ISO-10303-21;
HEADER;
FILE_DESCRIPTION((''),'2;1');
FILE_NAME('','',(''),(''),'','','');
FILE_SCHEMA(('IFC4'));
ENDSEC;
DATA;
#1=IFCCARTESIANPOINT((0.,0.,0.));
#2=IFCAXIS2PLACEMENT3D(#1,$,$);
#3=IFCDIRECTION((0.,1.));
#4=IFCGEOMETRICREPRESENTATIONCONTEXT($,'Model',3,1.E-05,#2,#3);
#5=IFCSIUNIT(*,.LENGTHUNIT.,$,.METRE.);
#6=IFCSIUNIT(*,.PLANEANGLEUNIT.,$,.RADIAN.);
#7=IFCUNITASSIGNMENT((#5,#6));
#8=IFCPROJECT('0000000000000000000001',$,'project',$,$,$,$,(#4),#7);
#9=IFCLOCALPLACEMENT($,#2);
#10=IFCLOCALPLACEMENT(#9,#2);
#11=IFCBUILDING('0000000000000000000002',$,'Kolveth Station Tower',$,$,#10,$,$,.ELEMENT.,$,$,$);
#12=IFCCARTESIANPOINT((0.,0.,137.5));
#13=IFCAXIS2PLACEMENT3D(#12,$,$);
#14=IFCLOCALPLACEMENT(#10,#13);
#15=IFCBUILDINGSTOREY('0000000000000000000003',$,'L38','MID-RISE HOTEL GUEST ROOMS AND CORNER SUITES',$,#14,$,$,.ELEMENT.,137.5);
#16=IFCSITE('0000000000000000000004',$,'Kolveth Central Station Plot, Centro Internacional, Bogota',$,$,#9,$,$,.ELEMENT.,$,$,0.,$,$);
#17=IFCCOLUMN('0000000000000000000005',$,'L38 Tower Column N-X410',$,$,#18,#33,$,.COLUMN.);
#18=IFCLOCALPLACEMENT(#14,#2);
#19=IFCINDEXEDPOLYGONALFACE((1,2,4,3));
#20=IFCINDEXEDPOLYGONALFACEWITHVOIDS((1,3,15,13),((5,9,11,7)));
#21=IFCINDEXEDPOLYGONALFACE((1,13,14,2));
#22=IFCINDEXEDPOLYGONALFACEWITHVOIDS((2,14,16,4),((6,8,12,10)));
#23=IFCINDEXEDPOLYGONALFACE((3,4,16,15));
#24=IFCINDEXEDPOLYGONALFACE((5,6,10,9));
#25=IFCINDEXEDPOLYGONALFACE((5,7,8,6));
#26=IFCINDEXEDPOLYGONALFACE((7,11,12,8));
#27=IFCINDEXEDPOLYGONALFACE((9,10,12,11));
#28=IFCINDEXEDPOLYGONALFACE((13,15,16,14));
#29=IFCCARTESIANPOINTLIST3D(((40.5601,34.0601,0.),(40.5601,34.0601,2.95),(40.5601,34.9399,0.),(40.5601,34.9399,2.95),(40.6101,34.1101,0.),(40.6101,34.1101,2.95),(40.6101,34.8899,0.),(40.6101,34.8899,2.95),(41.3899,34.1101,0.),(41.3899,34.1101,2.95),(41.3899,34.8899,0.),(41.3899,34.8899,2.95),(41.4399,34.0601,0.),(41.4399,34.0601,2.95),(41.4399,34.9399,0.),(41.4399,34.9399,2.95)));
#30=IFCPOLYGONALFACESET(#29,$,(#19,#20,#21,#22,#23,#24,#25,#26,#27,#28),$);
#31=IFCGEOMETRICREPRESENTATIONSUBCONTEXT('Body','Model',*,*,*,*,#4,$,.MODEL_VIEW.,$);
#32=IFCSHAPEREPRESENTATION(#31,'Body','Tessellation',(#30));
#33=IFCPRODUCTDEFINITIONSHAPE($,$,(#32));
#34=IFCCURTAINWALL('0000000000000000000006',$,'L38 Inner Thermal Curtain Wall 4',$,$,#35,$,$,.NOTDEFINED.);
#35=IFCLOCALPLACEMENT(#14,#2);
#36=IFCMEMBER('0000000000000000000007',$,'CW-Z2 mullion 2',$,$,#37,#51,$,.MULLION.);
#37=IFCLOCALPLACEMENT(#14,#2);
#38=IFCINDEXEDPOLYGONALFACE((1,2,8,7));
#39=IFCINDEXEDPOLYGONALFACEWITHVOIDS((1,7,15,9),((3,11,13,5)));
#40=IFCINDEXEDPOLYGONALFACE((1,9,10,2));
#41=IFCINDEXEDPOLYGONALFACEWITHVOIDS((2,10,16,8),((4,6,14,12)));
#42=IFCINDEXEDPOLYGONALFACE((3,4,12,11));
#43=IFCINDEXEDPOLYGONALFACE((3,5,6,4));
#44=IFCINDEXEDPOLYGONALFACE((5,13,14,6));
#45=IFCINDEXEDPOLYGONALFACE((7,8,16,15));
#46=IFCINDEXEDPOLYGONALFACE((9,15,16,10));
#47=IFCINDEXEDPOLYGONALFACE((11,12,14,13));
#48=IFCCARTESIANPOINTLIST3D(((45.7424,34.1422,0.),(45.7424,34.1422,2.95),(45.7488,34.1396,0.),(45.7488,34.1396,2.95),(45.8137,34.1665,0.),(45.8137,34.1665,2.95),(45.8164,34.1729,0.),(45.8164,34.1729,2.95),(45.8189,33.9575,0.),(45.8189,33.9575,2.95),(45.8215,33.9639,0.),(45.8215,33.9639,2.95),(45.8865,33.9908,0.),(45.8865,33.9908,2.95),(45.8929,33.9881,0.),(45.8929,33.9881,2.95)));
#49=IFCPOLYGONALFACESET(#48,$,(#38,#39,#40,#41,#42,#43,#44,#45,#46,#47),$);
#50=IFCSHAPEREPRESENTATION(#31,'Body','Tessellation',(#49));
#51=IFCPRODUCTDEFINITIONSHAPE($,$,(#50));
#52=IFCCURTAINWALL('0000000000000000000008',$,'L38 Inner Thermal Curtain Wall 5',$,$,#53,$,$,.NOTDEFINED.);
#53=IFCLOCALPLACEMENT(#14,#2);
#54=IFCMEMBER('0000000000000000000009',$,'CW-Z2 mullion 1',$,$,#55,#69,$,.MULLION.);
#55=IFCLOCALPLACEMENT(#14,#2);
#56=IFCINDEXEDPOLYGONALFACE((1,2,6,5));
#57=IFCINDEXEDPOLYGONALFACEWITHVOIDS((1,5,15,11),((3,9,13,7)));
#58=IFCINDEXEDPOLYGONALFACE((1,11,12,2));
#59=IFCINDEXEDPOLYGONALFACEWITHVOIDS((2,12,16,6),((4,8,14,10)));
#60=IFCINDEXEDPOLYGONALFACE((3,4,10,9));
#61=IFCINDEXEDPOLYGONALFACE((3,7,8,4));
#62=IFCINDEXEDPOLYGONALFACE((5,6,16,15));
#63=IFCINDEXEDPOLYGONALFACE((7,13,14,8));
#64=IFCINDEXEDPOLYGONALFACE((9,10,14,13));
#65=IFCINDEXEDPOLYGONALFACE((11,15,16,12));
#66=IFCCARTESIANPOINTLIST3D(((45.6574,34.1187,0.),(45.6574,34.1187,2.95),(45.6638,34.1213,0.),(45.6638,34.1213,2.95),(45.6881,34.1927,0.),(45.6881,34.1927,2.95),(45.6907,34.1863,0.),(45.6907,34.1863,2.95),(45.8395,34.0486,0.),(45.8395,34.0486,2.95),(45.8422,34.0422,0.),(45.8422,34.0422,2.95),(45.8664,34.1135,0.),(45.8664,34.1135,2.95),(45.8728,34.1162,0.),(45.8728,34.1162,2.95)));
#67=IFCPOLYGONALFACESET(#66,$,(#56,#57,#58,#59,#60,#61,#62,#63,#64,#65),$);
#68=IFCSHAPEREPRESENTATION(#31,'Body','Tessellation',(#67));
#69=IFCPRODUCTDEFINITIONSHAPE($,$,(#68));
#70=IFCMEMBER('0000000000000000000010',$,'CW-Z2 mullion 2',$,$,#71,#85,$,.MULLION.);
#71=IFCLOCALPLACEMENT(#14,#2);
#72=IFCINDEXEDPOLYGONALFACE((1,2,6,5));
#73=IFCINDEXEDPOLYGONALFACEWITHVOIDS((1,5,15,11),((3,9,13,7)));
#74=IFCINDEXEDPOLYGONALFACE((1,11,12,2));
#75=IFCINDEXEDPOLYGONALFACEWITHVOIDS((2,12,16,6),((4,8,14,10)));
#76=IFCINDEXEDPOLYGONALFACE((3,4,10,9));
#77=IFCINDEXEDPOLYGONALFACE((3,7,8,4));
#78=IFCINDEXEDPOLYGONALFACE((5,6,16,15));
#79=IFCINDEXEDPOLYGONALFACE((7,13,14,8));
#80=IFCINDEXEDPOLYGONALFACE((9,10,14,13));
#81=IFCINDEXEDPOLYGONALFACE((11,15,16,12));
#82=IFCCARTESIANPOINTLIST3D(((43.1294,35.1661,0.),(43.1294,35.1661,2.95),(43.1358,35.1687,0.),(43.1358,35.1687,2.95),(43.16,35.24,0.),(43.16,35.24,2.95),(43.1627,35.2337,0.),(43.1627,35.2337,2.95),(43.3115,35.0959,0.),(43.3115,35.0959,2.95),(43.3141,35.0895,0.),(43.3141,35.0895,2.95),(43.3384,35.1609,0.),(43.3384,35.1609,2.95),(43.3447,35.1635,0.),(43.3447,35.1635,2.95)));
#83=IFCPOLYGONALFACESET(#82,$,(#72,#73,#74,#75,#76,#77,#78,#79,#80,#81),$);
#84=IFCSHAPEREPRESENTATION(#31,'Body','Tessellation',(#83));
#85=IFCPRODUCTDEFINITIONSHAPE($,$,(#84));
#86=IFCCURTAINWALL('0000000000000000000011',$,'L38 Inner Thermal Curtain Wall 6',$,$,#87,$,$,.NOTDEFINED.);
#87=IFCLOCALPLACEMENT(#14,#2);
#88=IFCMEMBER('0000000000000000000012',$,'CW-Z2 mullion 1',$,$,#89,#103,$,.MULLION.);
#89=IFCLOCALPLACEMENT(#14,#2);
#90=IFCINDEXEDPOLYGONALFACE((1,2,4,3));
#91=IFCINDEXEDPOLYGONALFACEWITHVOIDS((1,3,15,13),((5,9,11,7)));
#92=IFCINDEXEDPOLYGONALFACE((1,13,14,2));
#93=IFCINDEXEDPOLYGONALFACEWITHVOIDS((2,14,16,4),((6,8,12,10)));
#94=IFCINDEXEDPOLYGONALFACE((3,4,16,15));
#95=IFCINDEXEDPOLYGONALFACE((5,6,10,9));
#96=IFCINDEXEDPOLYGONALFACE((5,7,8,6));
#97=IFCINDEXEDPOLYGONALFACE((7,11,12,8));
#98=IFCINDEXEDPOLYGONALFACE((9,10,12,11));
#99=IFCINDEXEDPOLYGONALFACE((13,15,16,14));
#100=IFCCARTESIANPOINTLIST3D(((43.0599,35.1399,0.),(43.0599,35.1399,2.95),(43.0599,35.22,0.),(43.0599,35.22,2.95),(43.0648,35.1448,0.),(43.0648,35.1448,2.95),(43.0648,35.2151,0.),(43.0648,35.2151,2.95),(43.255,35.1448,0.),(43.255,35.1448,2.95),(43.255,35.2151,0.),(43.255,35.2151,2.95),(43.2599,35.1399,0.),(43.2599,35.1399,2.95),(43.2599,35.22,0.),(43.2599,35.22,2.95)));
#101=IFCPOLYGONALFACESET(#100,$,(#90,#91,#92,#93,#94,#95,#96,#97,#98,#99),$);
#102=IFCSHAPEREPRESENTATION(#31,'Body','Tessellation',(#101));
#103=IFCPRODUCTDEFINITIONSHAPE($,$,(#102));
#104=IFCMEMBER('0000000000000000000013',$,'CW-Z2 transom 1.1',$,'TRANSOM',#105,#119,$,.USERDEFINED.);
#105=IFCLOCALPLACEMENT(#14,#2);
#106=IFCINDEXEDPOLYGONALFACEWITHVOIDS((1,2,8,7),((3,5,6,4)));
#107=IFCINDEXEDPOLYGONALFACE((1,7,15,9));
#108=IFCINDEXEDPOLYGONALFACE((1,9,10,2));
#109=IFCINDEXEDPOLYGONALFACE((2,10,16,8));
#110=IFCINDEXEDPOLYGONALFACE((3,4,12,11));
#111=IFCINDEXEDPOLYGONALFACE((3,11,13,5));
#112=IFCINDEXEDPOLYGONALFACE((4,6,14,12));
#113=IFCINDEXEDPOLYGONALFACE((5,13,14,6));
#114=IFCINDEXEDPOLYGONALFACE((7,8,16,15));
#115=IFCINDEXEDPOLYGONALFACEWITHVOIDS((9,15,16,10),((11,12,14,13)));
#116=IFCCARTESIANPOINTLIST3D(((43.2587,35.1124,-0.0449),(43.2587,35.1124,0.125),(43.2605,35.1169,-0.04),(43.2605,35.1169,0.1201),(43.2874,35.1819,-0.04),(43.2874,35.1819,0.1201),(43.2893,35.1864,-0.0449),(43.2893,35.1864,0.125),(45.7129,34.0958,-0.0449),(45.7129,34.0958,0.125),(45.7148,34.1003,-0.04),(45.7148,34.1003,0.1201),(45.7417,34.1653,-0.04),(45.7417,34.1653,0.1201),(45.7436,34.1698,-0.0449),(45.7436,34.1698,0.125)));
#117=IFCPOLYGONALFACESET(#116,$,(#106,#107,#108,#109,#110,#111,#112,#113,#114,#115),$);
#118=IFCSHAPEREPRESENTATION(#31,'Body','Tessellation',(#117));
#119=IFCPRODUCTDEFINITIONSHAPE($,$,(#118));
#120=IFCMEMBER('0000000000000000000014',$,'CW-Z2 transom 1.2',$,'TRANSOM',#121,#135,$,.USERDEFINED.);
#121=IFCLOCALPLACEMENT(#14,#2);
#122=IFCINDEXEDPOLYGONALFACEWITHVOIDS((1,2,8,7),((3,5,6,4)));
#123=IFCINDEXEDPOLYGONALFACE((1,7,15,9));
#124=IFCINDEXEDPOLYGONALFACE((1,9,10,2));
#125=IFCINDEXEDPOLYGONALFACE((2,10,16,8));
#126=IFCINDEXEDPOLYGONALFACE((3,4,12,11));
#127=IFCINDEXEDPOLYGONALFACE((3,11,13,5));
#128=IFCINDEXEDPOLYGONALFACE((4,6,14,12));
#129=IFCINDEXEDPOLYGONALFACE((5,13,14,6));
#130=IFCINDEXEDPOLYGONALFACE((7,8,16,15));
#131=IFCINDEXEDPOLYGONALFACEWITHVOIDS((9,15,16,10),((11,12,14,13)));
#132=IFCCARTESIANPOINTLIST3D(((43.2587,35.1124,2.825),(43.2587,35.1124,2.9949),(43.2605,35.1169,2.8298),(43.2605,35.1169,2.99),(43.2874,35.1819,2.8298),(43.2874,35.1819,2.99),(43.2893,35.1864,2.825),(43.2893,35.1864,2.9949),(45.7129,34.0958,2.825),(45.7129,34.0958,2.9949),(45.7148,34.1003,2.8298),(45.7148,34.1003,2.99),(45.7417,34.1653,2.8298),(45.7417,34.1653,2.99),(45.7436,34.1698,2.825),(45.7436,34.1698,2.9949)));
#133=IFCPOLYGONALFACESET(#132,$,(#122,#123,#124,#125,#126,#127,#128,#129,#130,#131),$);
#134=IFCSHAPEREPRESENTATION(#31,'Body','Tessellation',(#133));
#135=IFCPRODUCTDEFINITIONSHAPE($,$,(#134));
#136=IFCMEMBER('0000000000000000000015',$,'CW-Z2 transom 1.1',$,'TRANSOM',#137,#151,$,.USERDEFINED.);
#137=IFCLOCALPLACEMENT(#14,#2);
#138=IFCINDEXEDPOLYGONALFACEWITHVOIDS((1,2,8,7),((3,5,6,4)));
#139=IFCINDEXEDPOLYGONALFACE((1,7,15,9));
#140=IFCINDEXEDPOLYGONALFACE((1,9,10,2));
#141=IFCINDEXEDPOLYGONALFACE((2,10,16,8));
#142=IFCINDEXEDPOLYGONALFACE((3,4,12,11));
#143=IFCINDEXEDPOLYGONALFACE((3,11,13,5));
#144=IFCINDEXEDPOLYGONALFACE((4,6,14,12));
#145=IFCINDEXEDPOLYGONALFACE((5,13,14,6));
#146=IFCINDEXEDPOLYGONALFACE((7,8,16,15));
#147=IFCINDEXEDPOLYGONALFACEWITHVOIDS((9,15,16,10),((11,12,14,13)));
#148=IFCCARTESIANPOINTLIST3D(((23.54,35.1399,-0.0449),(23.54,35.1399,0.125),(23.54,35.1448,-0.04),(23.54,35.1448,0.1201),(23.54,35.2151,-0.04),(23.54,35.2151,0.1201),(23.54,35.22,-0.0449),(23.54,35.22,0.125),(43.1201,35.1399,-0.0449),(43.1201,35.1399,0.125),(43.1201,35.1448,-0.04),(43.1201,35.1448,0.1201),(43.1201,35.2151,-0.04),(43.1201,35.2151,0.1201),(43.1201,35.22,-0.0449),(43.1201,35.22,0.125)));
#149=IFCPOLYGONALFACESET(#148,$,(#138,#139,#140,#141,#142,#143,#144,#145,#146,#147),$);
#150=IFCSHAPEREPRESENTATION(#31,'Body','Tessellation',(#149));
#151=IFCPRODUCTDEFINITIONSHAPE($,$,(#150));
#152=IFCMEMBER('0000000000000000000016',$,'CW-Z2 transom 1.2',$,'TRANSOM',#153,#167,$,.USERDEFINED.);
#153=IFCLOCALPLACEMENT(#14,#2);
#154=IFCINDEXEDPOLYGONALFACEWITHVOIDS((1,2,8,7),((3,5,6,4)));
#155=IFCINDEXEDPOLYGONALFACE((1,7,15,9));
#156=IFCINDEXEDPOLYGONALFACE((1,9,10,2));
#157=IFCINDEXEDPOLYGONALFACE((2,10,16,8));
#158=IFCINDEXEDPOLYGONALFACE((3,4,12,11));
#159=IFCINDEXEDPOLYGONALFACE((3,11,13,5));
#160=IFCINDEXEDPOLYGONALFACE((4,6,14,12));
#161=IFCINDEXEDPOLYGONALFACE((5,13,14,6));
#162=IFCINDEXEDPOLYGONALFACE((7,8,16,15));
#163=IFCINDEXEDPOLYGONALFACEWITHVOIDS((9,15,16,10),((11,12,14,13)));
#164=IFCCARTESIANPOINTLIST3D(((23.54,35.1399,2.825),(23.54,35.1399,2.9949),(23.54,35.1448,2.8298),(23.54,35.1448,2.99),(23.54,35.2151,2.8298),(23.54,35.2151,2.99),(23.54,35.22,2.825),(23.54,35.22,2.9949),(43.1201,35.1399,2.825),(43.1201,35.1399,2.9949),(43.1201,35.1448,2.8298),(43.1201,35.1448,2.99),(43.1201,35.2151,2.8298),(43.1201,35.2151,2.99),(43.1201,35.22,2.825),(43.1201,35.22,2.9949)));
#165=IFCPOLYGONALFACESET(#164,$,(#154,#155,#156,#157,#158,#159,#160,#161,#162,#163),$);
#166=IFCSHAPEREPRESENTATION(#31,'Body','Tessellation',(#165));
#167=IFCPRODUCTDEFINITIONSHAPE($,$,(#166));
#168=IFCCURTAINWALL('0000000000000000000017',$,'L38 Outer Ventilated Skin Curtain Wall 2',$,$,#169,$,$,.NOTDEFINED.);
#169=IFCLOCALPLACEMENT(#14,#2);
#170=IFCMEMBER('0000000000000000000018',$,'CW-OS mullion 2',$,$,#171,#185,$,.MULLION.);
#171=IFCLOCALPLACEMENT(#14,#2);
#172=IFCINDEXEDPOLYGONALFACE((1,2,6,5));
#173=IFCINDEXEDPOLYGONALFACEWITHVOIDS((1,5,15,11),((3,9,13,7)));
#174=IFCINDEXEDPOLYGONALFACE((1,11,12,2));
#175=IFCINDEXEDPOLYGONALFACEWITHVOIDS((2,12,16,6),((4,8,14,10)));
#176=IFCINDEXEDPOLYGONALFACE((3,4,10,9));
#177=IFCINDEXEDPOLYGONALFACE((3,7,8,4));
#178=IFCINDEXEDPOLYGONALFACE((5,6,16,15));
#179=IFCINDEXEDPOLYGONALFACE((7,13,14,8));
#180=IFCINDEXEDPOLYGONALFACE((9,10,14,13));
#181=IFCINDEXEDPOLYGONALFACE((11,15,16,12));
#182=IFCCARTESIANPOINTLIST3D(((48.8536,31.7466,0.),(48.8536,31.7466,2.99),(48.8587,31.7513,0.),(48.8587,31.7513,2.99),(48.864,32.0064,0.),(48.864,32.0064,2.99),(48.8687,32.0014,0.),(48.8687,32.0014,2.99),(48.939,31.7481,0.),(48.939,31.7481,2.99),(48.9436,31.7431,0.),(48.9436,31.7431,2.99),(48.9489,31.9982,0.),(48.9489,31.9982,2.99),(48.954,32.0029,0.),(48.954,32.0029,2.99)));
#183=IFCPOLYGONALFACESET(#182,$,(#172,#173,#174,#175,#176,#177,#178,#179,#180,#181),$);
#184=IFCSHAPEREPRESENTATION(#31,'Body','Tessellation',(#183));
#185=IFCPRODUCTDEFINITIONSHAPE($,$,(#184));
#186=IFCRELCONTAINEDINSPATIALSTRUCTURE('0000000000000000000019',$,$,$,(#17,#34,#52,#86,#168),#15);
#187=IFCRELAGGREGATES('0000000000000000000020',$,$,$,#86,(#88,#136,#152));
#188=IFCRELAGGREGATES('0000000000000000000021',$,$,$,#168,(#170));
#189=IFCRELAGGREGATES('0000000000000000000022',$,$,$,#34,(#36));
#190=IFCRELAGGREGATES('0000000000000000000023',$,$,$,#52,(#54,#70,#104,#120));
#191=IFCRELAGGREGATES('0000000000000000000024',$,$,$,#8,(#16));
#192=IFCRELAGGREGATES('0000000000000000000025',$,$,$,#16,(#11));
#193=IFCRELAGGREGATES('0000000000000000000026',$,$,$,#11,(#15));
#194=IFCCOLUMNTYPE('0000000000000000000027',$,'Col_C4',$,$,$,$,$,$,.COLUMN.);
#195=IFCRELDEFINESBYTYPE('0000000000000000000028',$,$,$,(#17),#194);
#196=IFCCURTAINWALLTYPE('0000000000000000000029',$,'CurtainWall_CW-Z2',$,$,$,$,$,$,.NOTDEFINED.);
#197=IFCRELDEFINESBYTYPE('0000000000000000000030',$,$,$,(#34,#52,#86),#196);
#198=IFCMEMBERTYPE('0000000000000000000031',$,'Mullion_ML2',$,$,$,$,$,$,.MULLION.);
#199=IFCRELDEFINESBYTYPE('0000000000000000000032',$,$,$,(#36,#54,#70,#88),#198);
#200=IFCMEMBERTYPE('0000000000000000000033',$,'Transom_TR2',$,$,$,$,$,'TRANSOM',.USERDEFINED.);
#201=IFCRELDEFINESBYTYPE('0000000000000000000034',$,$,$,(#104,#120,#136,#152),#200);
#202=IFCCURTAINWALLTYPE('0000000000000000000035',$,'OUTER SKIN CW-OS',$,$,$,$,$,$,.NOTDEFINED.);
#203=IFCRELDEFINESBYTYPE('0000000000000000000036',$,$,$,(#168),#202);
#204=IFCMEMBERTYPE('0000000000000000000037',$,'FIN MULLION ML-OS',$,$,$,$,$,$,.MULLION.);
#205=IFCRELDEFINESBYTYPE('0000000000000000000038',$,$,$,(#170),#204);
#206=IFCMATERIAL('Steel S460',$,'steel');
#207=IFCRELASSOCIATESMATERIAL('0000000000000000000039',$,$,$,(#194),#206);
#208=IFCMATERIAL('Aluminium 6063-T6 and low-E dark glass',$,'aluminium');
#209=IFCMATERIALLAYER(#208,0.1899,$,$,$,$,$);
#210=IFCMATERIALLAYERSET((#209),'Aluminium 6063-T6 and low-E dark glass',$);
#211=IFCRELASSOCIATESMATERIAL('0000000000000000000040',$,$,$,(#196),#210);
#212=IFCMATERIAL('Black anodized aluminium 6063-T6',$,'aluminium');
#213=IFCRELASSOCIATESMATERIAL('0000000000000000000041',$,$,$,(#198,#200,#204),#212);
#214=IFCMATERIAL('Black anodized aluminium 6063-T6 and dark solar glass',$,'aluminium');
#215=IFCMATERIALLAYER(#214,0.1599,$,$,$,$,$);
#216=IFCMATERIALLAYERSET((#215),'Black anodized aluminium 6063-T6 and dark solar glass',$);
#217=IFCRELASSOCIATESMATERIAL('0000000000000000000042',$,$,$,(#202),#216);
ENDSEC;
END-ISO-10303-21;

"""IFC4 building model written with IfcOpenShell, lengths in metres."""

from ifc_helpers import new_model, si_unit, direction, frame, origin, origin_2d, place, context, subcontext, project, spatial, hollow_rectangle, extrude, source, transform, mapped, material, layer, layer_set, material_profile, profile_set, type_object, element, aggregate, save


model = new_model("IFC4")

# Units and contexts
model_context = context("Model", 3, precision=1e-05, world=origin(), true_north=direction((0.0, 1.0)))
body_context = subcontext(model_context, "Body", "Model", "MODEL_VIEW")
ifc_project = project(units=[si_unit("LENGTHUNIT", "METRE"), si_unit("PLANEANGLEUNIT", "RADIAN")], contexts=[model_context])

# Site, building, storey
site_placement = place(None, origin())
site = spatial("IfcSite", under=ifc_project, at=site_placement, Name="Kolveth Central Station Plot, Centro Internacional, Bogota", CompositionType="ELEMENT", RefElevation=0.0)
building_placement = place(site_placement, origin())
building = spatial("IfcBuilding", under=site, at=building_placement, Name="Kolveth Station Tower", CompositionType="ELEMENT")
storey_placement = place(building_placement, frame((0.0, 0.0, 137.5)))
storey = spatial("IfcBuildingStorey", under=building, at=storey_placement, Name="L38", Description="MID-RISE HOTEL GUEST ROOMS AND CORNER SUITES", CompositionType="ELEMENT", Elevation=137.5)

# Column
ifc_material_1 = material(Name="Steel S460", Category="steel")
ifc_material_profile_1 = material_profile(ifc_material_1, hollow_rectangle(XDim=0.8799, YDim=0.8799, WallThickness=0.05, at=origin_2d()), Name="BOX880x880x50")
ifc_profile_set_1 = profile_set([ifc_material_profile_1], Name="Steel S460")
column_type = type_object("IfcColumnType", Name="Col_C4", PredefinedType="COLUMN", material=ifc_profile_set_1)
shared_shape_1 = source(origin(), body_context, "Body", "SweptSolid", [
    extrude(hollow_rectangle(XDim=0.8799, YDim=0.8799, WallThickness=0.05, at=origin_2d()), origin(), (0.0, 0.0, 1.0), 2.95),
])
column_placement = place(storey_placement, frame((41.0, 34.5, 0.0), z_axis=(0.0, 0.0, 1.0), x_axis=(1.0, 0.0, 0.0)))
element("IfcColumn", 1, at=column_placement, inside=storey, type_object=column_type, Name="L38 Tower Column N-X410", PredefinedType="COLUMN", context=body_context, shape_type="MappedRepresentation", body=[
    mapped(shared_shape_1, transform((0.0, 0.0, 0.0), x_axis=(1.0, 0.0, 0.0), y_axis=(0.0, 1.0, 0.0), z_axis=(0.0, 0.0, 1.0), scale=1.0)),
])

# Curtain wall, member
ifc_material_2 = material(Name="Aluminium 6063-T6 and low-E dark glass", Category="aluminium")
ifc_layer_1 = layer(ifc_material_2, 0.1899)
ifc_layer_set_1 = layer_set([ifc_layer_1], Name="Aluminium 6063-T6 and low-E dark glass")
curtain_wall_type_1 = type_object("IfcCurtainWallType", Name="CurtainWall_CW-Z2", PredefinedType="NOTDEFINED", material=ifc_layer_set_1)
curtain_wall_1_placement = place(storey_placement, origin())
curtain_wall_1 = element("IfcCurtainWall", 2, at=curtain_wall_1_placement, inside=storey, type_object=curtain_wall_type_1, Name="L38 Inner Thermal Curtain Wall 4", PredefinedType="NOTDEFINED")
ifc_material_3 = material(Name="Black anodized aluminium 6063-T6", Category="aluminium")
ifc_material_profile_2 = material_profile(ifc_material_3, hollow_rectangle(XDim=0.0801, YDim=0.2, WallThickness=0.0049, at=origin_2d()), Name="ALU-80x200x5")
ifc_profile_set_2 = profile_set([ifc_material_profile_2], Name="Black anodized aluminium 6063-T6")
member_type_1 = type_object("IfcMemberType", Name="Mullion_ML2", PredefinedType="MULLION", material=ifc_profile_set_2)
shared_shape_2 = source(origin(), body_context, "Body", "SweptSolid", [
    extrude(hollow_rectangle(XDim=0.0801, YDim=0.2, WallThickness=0.0049, at=origin_2d()), origin(), (0.0, 0.0, 1.0), 2.95),
])
member_1_placement = place(storey_placement, frame((45.8176, 34.0652, 0.0), z_axis=(0.0, 0.0, 1.0), x_axis=(-0.923888, -0.382663, 0.0)))
member_1 = element("IfcMember", 3, at=member_1_placement, type_object=member_type_1, Name="CW-Z2 mullion 2", PredefinedType="MULLION", context=body_context, shape_type="MappedRepresentation", body=[
    mapped(shared_shape_2, transform((0.0, 0.0, 0.0), x_axis=(1.0, 0.0, 0.0), y_axis=(0.0, 1.0, 0.0), z_axis=(0.0, 0.0, 1.0), scale=1.0)),
])

# Curtain wall, members
curtain_wall_2_placement = place(storey_placement, origin())
curtain_wall_2 = element("IfcCurtainWall", 4, at=curtain_wall_2_placement, inside=storey, type_object=curtain_wall_type_1, Name="L38 Inner Thermal Curtain Wall 5", PredefinedType="NOTDEFINED")
member_2_placement = place(storey_placement, frame((45.7651, 34.1174, 0.0), z_axis=(0.0, 0.0, 1.0), x_axis=(-0.382663, -0.923888, 0.0)))
member_2 = element("IfcMember", 5, at=member_2_placement, type_object=member_type_1, Name="CW-Z2 mullion 1", PredefinedType="MULLION", context=body_context, shape_type="MappedRepresentation", body=[
    mapped(shared_shape_2, transform((0.0, 0.0, 0.0), x_axis=(1.0, 0.0, 0.0), y_axis=(0.0, 1.0, 0.0), z_axis=(0.0, 0.0, 1.0), scale=1.0)),
])
member_3_placement = place(storey_placement, frame((43.2371, 35.1648, 0.0), z_axis=(0.0, 0.0, 1.0), x_axis=(-0.382663, -0.923888, 0.0)))
member_3 = element("IfcMember", 6, at=member_3_placement, type_object=member_type_1, Name="CW-Z2 mullion 2", PredefinedType="MULLION", context=body_context, shape_type="MappedRepresentation", body=[
    mapped(shared_shape_2, transform((0.0, 0.0, 0.0), x_axis=(1.0, 0.0, 0.0), y_axis=(0.0, 1.0, 0.0), z_axis=(0.0, 0.0, 1.0), scale=1.0)),
])

# Curtain wall, member
curtain_wall_3_placement = place(storey_placement, origin())
curtain_wall_3 = element("IfcCurtainWall", 7, at=curtain_wall_3_placement, inside=storey, type_object=curtain_wall_type_1, Name="L38 Inner Thermal Curtain Wall 6", PredefinedType="NOTDEFINED")
member_4_placement = place(storey_placement, frame((43.1599, 35.1799, 0.0), z_axis=(0.0, 0.0, 1.0), x_axis=(0.0, -1.0, 0.0)))
member_4 = element("IfcMember", 8, at=member_4_placement, type_object=member_type_1, Name="CW-Z2 mullion 1", PredefinedType="MULLION", context=body_context, shape_type="MappedRepresentation", body=[
    mapped(shared_shape_2, transform((0.0, 0.0, 0.0), x_axis=(1.0, 0.0, 0.0), y_axis=(0.0, 1.0, 0.0), z_axis=(0.0, 0.0, 1.0), scale=1.0)),
])

# Members
ifc_material_profile_3 = material_profile(ifc_material_3, hollow_rectangle(XDim=0.0801, YDim=0.1699, WallThickness=0.0049, at=origin_2d()), Name="ALU-80x170x5")
ifc_profile_set_3 = profile_set([ifc_material_profile_3], Name="Black anodized aluminium 6063-T6")
member_type_2 = type_object("IfcMemberType", Name="Transom_TR2", ElementType="TRANSOM", PredefinedType="USERDEFINED", material=ifc_profile_set_3)
shared_shape_3 = source(origin(), body_context, "Body", "SweptSolid", [
    extrude(hollow_rectangle(XDim=0.0801, YDim=0.1699, WallThickness=0.0049, at=origin_2d()), origin(), (0.0, 0.0, 1.0), 2.6565),
])
member_5_placement = place(storey_placement, frame((45.7283, 34.1328, 0.04), z_axis=(-0.923882, 0.382676, 0.0), x_axis=(-0.382676, -0.923882, 0.0)))
member_5 = element("IfcMember", 9, at=member_5_placement, type_object=member_type_2, Name="CW-Z2 transom 1.1", ObjectType="TRANSOM", PredefinedType="USERDEFINED", context=body_context, shape_type="MappedRepresentation", body=[
    mapped(shared_shape_3, transform((0.0, 0.0, 0.0), x_axis=(1.0, 0.0, 0.0), y_axis=(0.0, 1.0, 0.0), z_axis=(0.0, 0.0, 1.0), scale=1.0)),
])
member_6_placement = place(storey_placement, frame((45.7283, 34.1328, 2.9099), z_axis=(-0.923882, 0.382676, 0.0), x_axis=(-0.382676, -0.923882, 0.0)))
member_6 = element("IfcMember", 10, at=member_6_placement, type_object=member_type_2, Name="CW-Z2 transom 1.2", ObjectType="TRANSOM", PredefinedType="USERDEFINED", context=body_context, shape_type="MappedRepresentation", body=[
    mapped(shared_shape_3, transform((0.0, 0.0, 0.0), x_axis=(1.0, 0.0, 0.0), y_axis=(0.0, 1.0, 0.0), z_axis=(0.0, 0.0, 1.0), scale=1.0)),
])
shared_shape_4 = source(origin(), body_context, "Body", "SweptSolid", [
    extrude(hollow_rectangle(XDim=0.0801, YDim=0.1699, WallThickness=0.0049, at=origin_2d()), origin(), (0.0, 0.0, 1.0), 19.5801),
])
member_7_placement = place(storey_placement, frame((43.1201, 35.1799, 0.04), z_axis=(-1.0, 0.0, 0.0), x_axis=(0.0, -1.0, 0.0)))
member_7 = element("IfcMember", 11, at=member_7_placement, type_object=member_type_2, Name="CW-Z2 transom 1.1", ObjectType="TRANSOM", PredefinedType="USERDEFINED", context=body_context, shape_type="MappedRepresentation", body=[
    mapped(shared_shape_4, transform((0.0, 0.0, 0.0), x_axis=(1.0, 0.0, 0.0), y_axis=(0.0, 1.0, 0.0), z_axis=(0.0, 0.0, 1.0), scale=1.0)),
])
member_8_placement = place(storey_placement, frame((43.1201, 35.1799, 2.9099), z_axis=(-1.0, 0.0, 0.0), x_axis=(0.0, -1.0, 0.0)))
member_8 = element("IfcMember", 12, at=member_8_placement, type_object=member_type_2, Name="CW-Z2 transom 1.2", ObjectType="TRANSOM", PredefinedType="USERDEFINED", context=body_context, shape_type="MappedRepresentation", body=[
    mapped(shared_shape_4, transform((0.0, 0.0, 0.0), x_axis=(1.0, 0.0, 0.0), y_axis=(0.0, 1.0, 0.0), z_axis=(0.0, 0.0, 1.0), scale=1.0)),
])
aggregate(curtain_wall_3, [member_4, member_7, member_8])

# Curtain wall, member
ifc_material_4 = material(Name="Black anodized aluminium 6063-T6 and dark solar glass", Category="aluminium")
ifc_layer_2 = layer(ifc_material_4, 0.1599)
ifc_layer_set_2 = layer_set([ifc_layer_2], Name="Black anodized aluminium 6063-T6 and dark solar glass")
curtain_wall_type_2 = type_object("IfcCurtainWallType", Name="OUTER SKIN CW-OS", PredefinedType="NOTDEFINED", material=ifc_layer_set_2)
curtain_wall_4_placement = place(storey_placement, origin())
curtain_wall_4 = element("IfcCurtainWall", 13, at=curtain_wall_4_placement, inside=storey, type_object=curtain_wall_type_2, Name="L38 Outer Ventilated Skin Curtain Wall 2", PredefinedType="NOTDEFINED")
ifc_material_profile_4 = material_profile(ifc_material_3, hollow_rectangle(XDim=0.0901, YDim=0.26, WallThickness=0.0049, at=origin_2d()), Name="ALU-90x260x5")
ifc_profile_set_4 = profile_set([ifc_material_profile_4], Name="Black anodized aluminium 6063-T6")
member_type_3 = type_object("IfcMemberType", Name="FIN MULLION ML-OS", PredefinedType="MULLION", material=ifc_profile_set_4)
shared_shape_5 = source(origin(), body_context, "Body", "SweptSolid", [
    extrude(hollow_rectangle(XDim=0.0901, YDim=0.26, WallThickness=0.0049, at=origin_2d()), origin(), (0.0, 0.0, 1.0), 2.99),
])
member_9_placement = place(storey_placement, frame((48.9038, 31.8748, 0.0), z_axis=(0.0, 0.0, 1.0), x_axis=(-0.999208, 0.039782, 0.0)))
member_9 = element("IfcMember", 14, at=member_9_placement, type_object=member_type_3, Name="CW-OS mullion 2", PredefinedType="MULLION", context=body_context, shape_type="MappedRepresentation", body=[
    mapped(shared_shape_5, transform((0.0, 0.0, 0.0), x_axis=(1.0, 0.0, 0.0), y_axis=(0.0, 1.0, 0.0), z_axis=(0.0, 0.0, 1.0), scale=1.0)),
])
aggregate(curtain_wall_4, [member_9])

aggregate(curtain_wall_1, [member_1])
aggregate(curtain_wall_2, [member_2, member_3, member_5, member_6])

save(model, "model.ifc")
